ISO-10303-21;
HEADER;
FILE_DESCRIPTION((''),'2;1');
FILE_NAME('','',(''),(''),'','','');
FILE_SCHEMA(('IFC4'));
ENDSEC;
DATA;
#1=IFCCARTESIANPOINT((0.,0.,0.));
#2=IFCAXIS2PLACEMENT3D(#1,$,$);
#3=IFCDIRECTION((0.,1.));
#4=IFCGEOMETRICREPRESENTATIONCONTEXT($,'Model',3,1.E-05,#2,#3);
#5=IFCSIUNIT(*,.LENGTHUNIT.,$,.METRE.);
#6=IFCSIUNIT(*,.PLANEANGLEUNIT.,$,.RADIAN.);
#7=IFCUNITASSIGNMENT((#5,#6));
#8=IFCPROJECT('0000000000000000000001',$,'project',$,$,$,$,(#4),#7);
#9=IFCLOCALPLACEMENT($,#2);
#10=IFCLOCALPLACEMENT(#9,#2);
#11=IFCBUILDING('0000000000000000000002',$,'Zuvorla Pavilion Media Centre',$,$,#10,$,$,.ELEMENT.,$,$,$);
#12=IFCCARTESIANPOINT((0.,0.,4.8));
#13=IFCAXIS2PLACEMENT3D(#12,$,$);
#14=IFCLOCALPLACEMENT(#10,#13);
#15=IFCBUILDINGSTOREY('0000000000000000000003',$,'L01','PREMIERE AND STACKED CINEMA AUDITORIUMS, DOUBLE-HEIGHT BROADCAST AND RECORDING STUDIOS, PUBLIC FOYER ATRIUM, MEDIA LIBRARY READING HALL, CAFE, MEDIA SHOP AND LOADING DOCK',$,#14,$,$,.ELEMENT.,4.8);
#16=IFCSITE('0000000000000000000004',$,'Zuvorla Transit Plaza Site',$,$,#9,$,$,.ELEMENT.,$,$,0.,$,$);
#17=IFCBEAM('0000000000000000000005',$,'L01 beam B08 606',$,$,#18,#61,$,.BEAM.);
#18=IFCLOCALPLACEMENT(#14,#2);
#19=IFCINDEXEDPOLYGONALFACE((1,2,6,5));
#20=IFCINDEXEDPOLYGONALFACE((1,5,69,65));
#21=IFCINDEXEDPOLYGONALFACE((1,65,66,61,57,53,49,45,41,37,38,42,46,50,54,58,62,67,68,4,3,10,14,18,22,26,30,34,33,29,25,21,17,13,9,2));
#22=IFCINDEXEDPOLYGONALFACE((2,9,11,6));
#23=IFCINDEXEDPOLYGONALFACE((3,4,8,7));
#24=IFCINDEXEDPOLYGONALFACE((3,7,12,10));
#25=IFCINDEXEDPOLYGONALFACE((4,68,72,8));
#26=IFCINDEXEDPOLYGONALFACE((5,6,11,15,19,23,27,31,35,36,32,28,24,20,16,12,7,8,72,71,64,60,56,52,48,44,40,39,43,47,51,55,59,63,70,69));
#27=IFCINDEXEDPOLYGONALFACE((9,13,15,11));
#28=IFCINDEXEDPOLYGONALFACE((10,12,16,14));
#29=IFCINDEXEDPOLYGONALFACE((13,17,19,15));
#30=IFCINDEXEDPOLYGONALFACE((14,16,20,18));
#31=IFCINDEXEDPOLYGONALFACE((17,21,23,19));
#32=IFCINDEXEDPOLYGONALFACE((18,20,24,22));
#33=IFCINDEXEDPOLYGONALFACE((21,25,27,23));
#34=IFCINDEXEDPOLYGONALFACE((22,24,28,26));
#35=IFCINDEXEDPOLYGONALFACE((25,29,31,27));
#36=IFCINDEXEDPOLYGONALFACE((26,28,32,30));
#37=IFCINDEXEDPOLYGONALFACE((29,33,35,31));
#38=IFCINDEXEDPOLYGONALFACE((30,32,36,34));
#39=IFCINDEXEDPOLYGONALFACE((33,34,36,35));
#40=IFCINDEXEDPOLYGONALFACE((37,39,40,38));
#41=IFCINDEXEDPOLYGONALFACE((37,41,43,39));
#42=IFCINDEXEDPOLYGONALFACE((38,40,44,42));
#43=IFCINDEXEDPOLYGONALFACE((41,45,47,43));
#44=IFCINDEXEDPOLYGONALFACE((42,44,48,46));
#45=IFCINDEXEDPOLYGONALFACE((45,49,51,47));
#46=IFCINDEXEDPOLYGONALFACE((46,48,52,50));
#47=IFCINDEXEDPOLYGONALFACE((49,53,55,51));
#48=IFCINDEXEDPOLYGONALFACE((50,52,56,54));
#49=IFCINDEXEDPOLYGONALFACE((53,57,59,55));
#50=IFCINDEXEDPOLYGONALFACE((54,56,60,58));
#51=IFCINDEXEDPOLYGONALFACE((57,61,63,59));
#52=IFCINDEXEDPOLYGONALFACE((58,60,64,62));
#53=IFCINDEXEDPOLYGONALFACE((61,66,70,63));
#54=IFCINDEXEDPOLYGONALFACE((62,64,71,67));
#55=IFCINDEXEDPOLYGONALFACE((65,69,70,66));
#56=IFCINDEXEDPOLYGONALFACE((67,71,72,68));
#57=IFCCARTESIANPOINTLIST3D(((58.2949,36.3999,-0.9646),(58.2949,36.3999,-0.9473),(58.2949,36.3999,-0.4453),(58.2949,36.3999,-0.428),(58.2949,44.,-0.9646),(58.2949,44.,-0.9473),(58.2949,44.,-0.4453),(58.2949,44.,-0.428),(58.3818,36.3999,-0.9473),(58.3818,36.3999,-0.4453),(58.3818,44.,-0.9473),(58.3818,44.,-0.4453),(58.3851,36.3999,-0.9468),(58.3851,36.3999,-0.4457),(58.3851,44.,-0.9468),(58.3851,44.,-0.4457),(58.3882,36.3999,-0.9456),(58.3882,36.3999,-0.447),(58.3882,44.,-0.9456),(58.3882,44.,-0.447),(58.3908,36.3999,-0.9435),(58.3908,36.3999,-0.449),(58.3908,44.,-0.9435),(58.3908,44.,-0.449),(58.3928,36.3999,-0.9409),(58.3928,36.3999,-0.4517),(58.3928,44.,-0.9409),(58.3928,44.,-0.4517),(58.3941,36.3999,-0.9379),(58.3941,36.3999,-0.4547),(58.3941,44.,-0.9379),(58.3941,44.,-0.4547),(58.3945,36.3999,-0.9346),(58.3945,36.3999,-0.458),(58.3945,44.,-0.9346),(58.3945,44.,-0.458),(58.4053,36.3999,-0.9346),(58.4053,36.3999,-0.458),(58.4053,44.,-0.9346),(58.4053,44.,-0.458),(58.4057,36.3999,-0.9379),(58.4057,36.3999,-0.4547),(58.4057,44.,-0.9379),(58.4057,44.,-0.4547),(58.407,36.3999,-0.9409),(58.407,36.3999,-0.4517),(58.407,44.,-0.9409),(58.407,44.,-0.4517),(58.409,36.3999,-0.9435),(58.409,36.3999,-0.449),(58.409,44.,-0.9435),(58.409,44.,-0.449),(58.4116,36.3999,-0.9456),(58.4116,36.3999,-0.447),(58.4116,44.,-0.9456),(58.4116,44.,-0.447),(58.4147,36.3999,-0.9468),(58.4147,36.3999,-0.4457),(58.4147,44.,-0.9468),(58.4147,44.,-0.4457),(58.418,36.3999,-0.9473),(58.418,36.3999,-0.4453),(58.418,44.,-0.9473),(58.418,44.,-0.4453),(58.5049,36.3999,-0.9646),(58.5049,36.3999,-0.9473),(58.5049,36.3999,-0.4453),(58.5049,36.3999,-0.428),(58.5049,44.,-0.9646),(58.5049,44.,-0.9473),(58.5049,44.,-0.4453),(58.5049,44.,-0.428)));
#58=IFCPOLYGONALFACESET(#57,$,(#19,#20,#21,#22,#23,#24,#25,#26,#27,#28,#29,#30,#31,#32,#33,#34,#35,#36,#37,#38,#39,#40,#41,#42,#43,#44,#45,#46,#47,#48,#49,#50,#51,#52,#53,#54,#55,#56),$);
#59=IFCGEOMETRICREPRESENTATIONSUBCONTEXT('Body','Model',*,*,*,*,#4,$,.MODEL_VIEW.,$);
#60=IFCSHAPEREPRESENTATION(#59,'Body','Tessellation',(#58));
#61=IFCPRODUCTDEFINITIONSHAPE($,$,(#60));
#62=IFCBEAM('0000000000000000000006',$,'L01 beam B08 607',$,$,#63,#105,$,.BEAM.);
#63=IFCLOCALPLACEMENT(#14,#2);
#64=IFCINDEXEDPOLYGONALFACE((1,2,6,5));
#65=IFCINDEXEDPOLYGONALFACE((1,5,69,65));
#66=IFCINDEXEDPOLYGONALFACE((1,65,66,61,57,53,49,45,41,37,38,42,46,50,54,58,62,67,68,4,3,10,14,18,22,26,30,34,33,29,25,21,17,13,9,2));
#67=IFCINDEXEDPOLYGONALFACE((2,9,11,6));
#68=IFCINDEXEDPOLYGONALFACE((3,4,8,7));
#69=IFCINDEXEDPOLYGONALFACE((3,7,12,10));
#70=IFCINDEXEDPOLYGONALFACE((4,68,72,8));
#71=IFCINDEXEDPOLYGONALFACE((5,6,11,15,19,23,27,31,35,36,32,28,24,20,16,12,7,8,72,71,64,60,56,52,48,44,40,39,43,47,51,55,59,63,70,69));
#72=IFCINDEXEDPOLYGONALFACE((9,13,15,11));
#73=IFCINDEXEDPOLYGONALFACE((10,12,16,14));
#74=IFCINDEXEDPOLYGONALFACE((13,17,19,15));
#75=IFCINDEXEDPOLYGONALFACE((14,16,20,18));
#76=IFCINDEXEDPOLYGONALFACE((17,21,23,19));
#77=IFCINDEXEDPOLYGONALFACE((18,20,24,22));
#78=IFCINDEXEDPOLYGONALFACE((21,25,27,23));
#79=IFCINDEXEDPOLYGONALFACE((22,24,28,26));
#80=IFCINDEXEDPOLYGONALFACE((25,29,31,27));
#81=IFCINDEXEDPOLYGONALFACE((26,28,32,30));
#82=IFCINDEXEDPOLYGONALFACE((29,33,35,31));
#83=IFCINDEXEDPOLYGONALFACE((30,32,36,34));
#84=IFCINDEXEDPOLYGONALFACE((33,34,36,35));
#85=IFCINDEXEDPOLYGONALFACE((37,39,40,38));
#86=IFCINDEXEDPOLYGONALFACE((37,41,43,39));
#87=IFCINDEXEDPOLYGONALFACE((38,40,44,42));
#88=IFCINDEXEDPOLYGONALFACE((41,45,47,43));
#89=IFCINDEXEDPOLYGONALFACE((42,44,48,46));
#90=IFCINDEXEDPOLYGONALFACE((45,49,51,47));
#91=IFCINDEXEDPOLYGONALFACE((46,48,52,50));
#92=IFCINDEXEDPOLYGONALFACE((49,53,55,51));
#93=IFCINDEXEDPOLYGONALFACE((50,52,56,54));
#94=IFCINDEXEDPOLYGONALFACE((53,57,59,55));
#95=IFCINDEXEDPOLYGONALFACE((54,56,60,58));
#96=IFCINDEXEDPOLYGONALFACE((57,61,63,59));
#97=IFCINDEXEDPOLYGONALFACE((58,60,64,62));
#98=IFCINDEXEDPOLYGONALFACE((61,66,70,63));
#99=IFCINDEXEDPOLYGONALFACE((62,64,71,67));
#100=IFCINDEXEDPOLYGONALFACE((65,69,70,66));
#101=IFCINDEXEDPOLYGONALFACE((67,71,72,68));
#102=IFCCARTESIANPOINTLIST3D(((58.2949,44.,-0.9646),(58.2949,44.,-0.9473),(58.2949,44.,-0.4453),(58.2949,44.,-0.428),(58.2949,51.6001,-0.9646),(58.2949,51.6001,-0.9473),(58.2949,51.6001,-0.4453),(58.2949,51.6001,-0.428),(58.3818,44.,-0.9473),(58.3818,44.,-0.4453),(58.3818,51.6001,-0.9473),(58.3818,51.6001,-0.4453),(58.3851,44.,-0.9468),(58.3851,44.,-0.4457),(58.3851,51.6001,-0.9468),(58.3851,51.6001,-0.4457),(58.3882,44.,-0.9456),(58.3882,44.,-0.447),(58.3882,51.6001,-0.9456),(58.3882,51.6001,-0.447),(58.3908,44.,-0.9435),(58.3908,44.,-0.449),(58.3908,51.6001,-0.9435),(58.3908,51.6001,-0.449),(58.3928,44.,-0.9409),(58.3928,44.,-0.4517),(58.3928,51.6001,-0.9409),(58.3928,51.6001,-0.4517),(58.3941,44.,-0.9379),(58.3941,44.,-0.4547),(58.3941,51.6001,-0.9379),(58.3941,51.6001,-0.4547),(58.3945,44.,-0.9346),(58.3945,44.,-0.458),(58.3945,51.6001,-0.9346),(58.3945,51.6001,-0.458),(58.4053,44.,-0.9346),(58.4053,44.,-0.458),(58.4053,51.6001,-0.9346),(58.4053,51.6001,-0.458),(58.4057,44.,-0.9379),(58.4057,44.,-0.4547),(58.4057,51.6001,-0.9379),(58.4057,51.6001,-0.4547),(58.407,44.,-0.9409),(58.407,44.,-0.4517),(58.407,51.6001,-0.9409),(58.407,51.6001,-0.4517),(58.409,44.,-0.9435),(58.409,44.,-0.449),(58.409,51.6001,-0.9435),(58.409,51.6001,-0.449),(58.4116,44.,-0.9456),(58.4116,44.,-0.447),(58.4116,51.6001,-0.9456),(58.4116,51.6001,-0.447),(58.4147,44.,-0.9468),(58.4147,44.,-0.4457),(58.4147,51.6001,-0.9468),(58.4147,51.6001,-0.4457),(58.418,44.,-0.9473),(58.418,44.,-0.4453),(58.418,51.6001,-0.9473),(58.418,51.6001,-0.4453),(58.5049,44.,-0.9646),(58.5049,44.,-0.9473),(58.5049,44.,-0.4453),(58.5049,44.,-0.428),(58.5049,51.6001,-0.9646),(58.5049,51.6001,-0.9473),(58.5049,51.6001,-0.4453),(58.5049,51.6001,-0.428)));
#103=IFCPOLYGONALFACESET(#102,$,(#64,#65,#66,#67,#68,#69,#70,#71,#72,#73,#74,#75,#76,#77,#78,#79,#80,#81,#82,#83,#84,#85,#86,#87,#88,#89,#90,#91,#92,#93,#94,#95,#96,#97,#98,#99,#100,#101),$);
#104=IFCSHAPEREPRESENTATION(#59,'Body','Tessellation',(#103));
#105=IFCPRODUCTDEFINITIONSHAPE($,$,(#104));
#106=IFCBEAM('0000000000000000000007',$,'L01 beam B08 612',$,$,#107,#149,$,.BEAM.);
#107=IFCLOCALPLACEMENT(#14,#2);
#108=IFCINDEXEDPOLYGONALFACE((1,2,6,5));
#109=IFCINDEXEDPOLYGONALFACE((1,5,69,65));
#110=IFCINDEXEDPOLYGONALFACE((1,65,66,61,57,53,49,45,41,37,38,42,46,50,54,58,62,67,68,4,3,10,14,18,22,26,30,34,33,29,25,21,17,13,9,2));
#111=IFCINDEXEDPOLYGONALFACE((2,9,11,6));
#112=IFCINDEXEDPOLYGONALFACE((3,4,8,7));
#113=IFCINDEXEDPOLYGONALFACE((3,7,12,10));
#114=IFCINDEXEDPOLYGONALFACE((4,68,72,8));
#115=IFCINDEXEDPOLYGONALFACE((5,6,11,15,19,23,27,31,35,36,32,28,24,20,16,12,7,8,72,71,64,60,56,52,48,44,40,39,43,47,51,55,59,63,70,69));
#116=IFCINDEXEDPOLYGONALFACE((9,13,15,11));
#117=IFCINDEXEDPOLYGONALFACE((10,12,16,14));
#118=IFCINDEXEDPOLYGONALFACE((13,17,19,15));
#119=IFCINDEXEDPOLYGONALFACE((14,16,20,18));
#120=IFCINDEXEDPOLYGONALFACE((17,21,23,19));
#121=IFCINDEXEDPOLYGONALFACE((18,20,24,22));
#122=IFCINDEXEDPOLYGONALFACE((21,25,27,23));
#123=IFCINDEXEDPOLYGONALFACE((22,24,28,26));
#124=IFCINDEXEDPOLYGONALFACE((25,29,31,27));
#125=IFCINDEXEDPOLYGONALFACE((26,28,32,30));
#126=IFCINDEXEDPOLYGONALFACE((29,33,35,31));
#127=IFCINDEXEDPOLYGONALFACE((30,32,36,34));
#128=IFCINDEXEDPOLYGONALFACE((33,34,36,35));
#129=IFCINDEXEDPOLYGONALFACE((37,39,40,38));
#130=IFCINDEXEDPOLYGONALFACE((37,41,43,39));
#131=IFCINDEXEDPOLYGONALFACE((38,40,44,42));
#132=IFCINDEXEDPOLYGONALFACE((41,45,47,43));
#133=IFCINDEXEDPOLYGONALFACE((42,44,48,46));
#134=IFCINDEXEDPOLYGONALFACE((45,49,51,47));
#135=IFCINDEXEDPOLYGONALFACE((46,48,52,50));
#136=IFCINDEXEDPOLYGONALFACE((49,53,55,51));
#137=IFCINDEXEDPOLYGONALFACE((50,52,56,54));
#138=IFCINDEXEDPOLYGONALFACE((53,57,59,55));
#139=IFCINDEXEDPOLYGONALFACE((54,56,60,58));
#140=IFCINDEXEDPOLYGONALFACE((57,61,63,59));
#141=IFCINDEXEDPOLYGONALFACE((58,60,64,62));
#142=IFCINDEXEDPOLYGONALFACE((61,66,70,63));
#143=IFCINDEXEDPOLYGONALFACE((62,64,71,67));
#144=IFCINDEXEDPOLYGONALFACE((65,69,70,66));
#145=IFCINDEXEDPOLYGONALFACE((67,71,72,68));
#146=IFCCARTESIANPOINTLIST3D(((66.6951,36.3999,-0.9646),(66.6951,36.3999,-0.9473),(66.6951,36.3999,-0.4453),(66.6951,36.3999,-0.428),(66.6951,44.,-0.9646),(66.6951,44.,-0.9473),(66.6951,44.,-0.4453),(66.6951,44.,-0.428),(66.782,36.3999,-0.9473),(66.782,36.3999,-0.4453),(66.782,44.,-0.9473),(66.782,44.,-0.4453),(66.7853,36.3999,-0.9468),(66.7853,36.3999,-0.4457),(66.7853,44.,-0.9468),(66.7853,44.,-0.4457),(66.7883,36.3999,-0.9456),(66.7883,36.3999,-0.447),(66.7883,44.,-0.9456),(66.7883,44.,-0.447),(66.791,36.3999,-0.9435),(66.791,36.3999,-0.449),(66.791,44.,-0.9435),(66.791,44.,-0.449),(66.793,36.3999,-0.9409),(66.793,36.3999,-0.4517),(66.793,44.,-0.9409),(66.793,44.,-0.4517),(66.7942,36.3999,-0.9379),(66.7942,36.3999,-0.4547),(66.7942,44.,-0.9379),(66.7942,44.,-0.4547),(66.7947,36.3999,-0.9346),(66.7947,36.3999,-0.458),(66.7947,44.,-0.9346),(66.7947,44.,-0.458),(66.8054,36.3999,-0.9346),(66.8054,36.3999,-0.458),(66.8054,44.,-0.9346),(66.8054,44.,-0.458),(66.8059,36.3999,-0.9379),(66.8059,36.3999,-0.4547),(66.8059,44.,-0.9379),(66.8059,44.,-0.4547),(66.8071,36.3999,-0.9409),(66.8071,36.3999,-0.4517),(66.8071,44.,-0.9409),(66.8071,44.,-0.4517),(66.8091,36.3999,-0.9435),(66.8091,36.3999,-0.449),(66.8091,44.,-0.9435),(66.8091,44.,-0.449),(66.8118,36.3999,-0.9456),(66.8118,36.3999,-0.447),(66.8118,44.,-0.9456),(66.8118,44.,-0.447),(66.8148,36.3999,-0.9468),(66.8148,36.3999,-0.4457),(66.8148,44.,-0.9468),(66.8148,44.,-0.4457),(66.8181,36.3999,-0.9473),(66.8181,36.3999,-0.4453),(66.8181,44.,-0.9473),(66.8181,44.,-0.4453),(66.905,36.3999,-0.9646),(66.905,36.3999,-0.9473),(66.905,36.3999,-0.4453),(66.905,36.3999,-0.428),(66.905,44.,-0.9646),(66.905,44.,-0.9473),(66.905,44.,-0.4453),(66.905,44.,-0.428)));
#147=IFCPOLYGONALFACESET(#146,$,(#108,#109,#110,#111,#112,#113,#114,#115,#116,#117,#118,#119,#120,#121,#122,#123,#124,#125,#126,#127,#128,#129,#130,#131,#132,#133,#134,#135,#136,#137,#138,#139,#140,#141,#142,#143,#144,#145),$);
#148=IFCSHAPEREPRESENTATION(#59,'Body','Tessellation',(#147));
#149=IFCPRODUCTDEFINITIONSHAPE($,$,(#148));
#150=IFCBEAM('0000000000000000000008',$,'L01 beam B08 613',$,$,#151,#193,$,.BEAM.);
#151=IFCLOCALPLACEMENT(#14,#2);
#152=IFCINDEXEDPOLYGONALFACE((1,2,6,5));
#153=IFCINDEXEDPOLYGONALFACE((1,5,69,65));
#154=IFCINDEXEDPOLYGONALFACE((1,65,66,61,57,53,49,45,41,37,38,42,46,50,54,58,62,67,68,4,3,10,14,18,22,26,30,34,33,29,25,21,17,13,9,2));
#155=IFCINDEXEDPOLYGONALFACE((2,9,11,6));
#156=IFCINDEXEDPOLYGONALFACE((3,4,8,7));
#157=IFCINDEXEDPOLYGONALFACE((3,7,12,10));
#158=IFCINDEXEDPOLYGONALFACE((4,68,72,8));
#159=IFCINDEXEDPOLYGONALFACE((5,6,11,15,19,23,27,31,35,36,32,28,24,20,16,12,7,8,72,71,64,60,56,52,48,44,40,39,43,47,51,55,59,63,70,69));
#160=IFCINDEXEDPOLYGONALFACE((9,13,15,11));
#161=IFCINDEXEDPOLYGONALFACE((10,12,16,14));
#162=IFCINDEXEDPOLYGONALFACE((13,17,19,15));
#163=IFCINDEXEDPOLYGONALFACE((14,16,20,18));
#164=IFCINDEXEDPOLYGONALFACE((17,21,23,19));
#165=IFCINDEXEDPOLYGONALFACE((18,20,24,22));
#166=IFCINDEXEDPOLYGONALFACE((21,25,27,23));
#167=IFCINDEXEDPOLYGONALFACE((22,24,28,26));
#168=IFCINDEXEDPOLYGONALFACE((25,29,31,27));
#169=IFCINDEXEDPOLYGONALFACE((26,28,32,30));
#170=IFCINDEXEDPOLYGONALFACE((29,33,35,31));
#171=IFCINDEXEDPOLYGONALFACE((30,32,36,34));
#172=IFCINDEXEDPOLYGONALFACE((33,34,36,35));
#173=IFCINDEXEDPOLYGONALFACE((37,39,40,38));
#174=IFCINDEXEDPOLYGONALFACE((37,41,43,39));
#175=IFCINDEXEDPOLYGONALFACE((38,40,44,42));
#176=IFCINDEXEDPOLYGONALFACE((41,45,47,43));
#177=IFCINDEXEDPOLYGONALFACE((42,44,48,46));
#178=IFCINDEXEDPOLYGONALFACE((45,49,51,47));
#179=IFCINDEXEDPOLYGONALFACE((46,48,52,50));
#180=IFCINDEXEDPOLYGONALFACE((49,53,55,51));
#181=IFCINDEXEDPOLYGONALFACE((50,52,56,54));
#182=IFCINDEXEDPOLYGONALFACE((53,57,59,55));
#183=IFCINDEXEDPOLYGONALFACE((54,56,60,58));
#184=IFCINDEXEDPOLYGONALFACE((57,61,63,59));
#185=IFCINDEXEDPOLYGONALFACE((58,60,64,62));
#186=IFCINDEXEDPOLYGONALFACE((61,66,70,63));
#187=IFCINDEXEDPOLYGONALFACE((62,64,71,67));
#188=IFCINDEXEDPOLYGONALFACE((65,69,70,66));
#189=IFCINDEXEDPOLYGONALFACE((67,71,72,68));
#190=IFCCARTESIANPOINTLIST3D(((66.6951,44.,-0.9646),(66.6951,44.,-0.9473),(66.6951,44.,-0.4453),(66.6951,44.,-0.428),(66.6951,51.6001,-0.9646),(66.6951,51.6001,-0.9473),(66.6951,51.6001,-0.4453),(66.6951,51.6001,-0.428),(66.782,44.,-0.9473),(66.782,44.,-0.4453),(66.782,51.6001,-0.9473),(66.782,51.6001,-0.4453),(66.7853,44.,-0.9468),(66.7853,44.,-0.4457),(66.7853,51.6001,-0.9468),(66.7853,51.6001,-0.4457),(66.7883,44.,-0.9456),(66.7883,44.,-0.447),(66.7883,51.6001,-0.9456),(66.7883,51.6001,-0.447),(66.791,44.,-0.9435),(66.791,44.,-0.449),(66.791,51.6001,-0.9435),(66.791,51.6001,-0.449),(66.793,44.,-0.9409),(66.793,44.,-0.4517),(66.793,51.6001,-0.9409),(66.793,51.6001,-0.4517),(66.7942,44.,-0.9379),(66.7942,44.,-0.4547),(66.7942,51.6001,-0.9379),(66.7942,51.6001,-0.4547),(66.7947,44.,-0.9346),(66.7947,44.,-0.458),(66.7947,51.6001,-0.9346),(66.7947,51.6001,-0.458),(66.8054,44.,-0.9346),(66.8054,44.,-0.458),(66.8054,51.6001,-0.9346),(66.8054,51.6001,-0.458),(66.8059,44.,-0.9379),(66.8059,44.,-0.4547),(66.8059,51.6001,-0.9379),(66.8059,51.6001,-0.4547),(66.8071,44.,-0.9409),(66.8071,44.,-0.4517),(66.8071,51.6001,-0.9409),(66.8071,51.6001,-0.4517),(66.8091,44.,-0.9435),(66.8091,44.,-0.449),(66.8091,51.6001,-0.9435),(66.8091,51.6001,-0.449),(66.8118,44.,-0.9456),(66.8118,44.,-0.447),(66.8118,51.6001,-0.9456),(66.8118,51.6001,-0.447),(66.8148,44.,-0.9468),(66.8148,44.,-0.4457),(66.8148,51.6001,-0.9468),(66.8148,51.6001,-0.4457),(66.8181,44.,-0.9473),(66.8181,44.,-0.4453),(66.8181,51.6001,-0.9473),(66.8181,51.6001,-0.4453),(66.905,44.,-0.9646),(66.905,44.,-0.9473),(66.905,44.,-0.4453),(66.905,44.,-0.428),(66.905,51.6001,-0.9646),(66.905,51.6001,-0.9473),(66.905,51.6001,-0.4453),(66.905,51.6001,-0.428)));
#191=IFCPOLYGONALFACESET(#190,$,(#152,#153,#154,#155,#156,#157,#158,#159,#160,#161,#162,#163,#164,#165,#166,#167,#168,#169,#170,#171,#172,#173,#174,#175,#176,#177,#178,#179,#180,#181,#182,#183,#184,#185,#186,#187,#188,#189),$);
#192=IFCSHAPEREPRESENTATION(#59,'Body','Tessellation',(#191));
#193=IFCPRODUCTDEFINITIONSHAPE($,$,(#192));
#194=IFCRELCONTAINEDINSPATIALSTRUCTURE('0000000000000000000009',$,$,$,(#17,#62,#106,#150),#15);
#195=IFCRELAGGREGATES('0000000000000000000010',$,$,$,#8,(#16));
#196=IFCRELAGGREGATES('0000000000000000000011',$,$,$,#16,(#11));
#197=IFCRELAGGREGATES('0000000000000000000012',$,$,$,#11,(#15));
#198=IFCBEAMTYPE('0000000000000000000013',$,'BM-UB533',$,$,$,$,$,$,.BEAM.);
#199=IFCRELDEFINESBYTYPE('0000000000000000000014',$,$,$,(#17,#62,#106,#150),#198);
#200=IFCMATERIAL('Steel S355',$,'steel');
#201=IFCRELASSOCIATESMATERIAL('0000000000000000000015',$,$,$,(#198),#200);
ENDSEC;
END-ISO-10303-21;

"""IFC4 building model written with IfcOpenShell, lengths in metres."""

from ifc_helpers import new_model, si_unit, direction, frame, origin, origin_2d, place, context, subcontext, project, spatial, i_section, extrude, material, material_profile, profile_set, type_object, element, save


model = new_model("IFC4")

# Units and contexts
model_context = context("Model", 3, precision=1e-05, world=origin(), true_north=direction((0.0, 1.0)))
body_context = subcontext(model_context, "Body", "Model", "MODEL_VIEW")
ifc_project = project(units=[si_unit("LENGTHUNIT", "METRE"), si_unit("PLANEANGLEUNIT", "RADIAN")], contexts=[model_context])

# Site, building, storey
site_placement = place(None, origin())
site = spatial("IfcSite", under=ifc_project, at=site_placement, Name="Zuvorla Transit Plaza Site", CompositionType="ELEMENT", RefElevation=0.0)
building_placement = place(site_placement, origin())
building = spatial("IfcBuilding", under=site, at=building_placement, Name="Zuvorla Pavilion Media Centre", CompositionType="ELEMENT")
storey_placement = place(building_placement, frame((0.0, 0.0, 4.8)))
storey = spatial("IfcBuildingStorey", under=building, at=storey_placement, Name="L01", Description="PREMIERE AND STACKED CINEMA AUDITORIUMS, DOUBLE-HEIGHT BROADCAST AND RECORDING STUDIOS, PUBLIC FOYER ATRIUM, MEDIA LIBRARY READING HALL, CAFE, MEDIA SHOP AND LOADING DOCK", CompositionType="ELEMENT", Elevation=4.8)

# Shared definitions
ifc_material_1 = material(Name="Steel S355", Category="steel")

# Beams
ifc_material_profile_1 = material_profile(ifc_material_1, i_section(OverallWidth=0.21, OverallDepth=0.5366, WebThickness=0.0107, FlangeThickness=0.0173, FilletRadius=0.0127, at=origin_2d()), Name="UB 533x210x101")
ifc_profile_set_1 = profile_set([ifc_material_profile_1], Name="Steel S355")
beam_type_1 = type_object("IfcBeamType", Name="BM-UB533", PredefinedType="BEAM", material=ifc_profile_set_1)
for number, where, z_axis, x_axis, name in (
    (1, (58.3999, 36.3999, -0.6963), (0.0, 1.0, 0.0), (-1.0, 0.0, 0.0), "L01 beam B08 606"),
    (2, (58.3999, 44.0, -0.6963), (0.0, 1.0, 0.0), (-1.0, 0.0, 0.0), "L01 beam B08 607"),
    (3, (66.8, 36.3999, -0.6963), (0.0, 1.0, 0.0), (-1.0, 0.0, 0.0), "L01 beam B08 612"),
    (4, (66.8, 44.0, -0.6963), (0.0, 1.0, 0.0), (-1.0, 0.0, 0.0), "L01 beam B08 613"),
):
    element("IfcBeam", number, at=place(storey_placement, frame(where, z_axis=z_axis, x_axis=x_axis)), inside=storey, type_object=beam_type_1, Name=name, PredefinedType="BEAM", context=body_context, shape_type="SweptSolid", body=[
        extrude(i_section(OverallWidth=0.21, OverallDepth=0.5366, WebThickness=0.0107, FlangeThickness=0.0173, FilletRadius=0.0127, at=origin_2d()), origin(), (0.0, 0.0, 1.0), 7.6001),
    ])

save(model, "model.ifc")
